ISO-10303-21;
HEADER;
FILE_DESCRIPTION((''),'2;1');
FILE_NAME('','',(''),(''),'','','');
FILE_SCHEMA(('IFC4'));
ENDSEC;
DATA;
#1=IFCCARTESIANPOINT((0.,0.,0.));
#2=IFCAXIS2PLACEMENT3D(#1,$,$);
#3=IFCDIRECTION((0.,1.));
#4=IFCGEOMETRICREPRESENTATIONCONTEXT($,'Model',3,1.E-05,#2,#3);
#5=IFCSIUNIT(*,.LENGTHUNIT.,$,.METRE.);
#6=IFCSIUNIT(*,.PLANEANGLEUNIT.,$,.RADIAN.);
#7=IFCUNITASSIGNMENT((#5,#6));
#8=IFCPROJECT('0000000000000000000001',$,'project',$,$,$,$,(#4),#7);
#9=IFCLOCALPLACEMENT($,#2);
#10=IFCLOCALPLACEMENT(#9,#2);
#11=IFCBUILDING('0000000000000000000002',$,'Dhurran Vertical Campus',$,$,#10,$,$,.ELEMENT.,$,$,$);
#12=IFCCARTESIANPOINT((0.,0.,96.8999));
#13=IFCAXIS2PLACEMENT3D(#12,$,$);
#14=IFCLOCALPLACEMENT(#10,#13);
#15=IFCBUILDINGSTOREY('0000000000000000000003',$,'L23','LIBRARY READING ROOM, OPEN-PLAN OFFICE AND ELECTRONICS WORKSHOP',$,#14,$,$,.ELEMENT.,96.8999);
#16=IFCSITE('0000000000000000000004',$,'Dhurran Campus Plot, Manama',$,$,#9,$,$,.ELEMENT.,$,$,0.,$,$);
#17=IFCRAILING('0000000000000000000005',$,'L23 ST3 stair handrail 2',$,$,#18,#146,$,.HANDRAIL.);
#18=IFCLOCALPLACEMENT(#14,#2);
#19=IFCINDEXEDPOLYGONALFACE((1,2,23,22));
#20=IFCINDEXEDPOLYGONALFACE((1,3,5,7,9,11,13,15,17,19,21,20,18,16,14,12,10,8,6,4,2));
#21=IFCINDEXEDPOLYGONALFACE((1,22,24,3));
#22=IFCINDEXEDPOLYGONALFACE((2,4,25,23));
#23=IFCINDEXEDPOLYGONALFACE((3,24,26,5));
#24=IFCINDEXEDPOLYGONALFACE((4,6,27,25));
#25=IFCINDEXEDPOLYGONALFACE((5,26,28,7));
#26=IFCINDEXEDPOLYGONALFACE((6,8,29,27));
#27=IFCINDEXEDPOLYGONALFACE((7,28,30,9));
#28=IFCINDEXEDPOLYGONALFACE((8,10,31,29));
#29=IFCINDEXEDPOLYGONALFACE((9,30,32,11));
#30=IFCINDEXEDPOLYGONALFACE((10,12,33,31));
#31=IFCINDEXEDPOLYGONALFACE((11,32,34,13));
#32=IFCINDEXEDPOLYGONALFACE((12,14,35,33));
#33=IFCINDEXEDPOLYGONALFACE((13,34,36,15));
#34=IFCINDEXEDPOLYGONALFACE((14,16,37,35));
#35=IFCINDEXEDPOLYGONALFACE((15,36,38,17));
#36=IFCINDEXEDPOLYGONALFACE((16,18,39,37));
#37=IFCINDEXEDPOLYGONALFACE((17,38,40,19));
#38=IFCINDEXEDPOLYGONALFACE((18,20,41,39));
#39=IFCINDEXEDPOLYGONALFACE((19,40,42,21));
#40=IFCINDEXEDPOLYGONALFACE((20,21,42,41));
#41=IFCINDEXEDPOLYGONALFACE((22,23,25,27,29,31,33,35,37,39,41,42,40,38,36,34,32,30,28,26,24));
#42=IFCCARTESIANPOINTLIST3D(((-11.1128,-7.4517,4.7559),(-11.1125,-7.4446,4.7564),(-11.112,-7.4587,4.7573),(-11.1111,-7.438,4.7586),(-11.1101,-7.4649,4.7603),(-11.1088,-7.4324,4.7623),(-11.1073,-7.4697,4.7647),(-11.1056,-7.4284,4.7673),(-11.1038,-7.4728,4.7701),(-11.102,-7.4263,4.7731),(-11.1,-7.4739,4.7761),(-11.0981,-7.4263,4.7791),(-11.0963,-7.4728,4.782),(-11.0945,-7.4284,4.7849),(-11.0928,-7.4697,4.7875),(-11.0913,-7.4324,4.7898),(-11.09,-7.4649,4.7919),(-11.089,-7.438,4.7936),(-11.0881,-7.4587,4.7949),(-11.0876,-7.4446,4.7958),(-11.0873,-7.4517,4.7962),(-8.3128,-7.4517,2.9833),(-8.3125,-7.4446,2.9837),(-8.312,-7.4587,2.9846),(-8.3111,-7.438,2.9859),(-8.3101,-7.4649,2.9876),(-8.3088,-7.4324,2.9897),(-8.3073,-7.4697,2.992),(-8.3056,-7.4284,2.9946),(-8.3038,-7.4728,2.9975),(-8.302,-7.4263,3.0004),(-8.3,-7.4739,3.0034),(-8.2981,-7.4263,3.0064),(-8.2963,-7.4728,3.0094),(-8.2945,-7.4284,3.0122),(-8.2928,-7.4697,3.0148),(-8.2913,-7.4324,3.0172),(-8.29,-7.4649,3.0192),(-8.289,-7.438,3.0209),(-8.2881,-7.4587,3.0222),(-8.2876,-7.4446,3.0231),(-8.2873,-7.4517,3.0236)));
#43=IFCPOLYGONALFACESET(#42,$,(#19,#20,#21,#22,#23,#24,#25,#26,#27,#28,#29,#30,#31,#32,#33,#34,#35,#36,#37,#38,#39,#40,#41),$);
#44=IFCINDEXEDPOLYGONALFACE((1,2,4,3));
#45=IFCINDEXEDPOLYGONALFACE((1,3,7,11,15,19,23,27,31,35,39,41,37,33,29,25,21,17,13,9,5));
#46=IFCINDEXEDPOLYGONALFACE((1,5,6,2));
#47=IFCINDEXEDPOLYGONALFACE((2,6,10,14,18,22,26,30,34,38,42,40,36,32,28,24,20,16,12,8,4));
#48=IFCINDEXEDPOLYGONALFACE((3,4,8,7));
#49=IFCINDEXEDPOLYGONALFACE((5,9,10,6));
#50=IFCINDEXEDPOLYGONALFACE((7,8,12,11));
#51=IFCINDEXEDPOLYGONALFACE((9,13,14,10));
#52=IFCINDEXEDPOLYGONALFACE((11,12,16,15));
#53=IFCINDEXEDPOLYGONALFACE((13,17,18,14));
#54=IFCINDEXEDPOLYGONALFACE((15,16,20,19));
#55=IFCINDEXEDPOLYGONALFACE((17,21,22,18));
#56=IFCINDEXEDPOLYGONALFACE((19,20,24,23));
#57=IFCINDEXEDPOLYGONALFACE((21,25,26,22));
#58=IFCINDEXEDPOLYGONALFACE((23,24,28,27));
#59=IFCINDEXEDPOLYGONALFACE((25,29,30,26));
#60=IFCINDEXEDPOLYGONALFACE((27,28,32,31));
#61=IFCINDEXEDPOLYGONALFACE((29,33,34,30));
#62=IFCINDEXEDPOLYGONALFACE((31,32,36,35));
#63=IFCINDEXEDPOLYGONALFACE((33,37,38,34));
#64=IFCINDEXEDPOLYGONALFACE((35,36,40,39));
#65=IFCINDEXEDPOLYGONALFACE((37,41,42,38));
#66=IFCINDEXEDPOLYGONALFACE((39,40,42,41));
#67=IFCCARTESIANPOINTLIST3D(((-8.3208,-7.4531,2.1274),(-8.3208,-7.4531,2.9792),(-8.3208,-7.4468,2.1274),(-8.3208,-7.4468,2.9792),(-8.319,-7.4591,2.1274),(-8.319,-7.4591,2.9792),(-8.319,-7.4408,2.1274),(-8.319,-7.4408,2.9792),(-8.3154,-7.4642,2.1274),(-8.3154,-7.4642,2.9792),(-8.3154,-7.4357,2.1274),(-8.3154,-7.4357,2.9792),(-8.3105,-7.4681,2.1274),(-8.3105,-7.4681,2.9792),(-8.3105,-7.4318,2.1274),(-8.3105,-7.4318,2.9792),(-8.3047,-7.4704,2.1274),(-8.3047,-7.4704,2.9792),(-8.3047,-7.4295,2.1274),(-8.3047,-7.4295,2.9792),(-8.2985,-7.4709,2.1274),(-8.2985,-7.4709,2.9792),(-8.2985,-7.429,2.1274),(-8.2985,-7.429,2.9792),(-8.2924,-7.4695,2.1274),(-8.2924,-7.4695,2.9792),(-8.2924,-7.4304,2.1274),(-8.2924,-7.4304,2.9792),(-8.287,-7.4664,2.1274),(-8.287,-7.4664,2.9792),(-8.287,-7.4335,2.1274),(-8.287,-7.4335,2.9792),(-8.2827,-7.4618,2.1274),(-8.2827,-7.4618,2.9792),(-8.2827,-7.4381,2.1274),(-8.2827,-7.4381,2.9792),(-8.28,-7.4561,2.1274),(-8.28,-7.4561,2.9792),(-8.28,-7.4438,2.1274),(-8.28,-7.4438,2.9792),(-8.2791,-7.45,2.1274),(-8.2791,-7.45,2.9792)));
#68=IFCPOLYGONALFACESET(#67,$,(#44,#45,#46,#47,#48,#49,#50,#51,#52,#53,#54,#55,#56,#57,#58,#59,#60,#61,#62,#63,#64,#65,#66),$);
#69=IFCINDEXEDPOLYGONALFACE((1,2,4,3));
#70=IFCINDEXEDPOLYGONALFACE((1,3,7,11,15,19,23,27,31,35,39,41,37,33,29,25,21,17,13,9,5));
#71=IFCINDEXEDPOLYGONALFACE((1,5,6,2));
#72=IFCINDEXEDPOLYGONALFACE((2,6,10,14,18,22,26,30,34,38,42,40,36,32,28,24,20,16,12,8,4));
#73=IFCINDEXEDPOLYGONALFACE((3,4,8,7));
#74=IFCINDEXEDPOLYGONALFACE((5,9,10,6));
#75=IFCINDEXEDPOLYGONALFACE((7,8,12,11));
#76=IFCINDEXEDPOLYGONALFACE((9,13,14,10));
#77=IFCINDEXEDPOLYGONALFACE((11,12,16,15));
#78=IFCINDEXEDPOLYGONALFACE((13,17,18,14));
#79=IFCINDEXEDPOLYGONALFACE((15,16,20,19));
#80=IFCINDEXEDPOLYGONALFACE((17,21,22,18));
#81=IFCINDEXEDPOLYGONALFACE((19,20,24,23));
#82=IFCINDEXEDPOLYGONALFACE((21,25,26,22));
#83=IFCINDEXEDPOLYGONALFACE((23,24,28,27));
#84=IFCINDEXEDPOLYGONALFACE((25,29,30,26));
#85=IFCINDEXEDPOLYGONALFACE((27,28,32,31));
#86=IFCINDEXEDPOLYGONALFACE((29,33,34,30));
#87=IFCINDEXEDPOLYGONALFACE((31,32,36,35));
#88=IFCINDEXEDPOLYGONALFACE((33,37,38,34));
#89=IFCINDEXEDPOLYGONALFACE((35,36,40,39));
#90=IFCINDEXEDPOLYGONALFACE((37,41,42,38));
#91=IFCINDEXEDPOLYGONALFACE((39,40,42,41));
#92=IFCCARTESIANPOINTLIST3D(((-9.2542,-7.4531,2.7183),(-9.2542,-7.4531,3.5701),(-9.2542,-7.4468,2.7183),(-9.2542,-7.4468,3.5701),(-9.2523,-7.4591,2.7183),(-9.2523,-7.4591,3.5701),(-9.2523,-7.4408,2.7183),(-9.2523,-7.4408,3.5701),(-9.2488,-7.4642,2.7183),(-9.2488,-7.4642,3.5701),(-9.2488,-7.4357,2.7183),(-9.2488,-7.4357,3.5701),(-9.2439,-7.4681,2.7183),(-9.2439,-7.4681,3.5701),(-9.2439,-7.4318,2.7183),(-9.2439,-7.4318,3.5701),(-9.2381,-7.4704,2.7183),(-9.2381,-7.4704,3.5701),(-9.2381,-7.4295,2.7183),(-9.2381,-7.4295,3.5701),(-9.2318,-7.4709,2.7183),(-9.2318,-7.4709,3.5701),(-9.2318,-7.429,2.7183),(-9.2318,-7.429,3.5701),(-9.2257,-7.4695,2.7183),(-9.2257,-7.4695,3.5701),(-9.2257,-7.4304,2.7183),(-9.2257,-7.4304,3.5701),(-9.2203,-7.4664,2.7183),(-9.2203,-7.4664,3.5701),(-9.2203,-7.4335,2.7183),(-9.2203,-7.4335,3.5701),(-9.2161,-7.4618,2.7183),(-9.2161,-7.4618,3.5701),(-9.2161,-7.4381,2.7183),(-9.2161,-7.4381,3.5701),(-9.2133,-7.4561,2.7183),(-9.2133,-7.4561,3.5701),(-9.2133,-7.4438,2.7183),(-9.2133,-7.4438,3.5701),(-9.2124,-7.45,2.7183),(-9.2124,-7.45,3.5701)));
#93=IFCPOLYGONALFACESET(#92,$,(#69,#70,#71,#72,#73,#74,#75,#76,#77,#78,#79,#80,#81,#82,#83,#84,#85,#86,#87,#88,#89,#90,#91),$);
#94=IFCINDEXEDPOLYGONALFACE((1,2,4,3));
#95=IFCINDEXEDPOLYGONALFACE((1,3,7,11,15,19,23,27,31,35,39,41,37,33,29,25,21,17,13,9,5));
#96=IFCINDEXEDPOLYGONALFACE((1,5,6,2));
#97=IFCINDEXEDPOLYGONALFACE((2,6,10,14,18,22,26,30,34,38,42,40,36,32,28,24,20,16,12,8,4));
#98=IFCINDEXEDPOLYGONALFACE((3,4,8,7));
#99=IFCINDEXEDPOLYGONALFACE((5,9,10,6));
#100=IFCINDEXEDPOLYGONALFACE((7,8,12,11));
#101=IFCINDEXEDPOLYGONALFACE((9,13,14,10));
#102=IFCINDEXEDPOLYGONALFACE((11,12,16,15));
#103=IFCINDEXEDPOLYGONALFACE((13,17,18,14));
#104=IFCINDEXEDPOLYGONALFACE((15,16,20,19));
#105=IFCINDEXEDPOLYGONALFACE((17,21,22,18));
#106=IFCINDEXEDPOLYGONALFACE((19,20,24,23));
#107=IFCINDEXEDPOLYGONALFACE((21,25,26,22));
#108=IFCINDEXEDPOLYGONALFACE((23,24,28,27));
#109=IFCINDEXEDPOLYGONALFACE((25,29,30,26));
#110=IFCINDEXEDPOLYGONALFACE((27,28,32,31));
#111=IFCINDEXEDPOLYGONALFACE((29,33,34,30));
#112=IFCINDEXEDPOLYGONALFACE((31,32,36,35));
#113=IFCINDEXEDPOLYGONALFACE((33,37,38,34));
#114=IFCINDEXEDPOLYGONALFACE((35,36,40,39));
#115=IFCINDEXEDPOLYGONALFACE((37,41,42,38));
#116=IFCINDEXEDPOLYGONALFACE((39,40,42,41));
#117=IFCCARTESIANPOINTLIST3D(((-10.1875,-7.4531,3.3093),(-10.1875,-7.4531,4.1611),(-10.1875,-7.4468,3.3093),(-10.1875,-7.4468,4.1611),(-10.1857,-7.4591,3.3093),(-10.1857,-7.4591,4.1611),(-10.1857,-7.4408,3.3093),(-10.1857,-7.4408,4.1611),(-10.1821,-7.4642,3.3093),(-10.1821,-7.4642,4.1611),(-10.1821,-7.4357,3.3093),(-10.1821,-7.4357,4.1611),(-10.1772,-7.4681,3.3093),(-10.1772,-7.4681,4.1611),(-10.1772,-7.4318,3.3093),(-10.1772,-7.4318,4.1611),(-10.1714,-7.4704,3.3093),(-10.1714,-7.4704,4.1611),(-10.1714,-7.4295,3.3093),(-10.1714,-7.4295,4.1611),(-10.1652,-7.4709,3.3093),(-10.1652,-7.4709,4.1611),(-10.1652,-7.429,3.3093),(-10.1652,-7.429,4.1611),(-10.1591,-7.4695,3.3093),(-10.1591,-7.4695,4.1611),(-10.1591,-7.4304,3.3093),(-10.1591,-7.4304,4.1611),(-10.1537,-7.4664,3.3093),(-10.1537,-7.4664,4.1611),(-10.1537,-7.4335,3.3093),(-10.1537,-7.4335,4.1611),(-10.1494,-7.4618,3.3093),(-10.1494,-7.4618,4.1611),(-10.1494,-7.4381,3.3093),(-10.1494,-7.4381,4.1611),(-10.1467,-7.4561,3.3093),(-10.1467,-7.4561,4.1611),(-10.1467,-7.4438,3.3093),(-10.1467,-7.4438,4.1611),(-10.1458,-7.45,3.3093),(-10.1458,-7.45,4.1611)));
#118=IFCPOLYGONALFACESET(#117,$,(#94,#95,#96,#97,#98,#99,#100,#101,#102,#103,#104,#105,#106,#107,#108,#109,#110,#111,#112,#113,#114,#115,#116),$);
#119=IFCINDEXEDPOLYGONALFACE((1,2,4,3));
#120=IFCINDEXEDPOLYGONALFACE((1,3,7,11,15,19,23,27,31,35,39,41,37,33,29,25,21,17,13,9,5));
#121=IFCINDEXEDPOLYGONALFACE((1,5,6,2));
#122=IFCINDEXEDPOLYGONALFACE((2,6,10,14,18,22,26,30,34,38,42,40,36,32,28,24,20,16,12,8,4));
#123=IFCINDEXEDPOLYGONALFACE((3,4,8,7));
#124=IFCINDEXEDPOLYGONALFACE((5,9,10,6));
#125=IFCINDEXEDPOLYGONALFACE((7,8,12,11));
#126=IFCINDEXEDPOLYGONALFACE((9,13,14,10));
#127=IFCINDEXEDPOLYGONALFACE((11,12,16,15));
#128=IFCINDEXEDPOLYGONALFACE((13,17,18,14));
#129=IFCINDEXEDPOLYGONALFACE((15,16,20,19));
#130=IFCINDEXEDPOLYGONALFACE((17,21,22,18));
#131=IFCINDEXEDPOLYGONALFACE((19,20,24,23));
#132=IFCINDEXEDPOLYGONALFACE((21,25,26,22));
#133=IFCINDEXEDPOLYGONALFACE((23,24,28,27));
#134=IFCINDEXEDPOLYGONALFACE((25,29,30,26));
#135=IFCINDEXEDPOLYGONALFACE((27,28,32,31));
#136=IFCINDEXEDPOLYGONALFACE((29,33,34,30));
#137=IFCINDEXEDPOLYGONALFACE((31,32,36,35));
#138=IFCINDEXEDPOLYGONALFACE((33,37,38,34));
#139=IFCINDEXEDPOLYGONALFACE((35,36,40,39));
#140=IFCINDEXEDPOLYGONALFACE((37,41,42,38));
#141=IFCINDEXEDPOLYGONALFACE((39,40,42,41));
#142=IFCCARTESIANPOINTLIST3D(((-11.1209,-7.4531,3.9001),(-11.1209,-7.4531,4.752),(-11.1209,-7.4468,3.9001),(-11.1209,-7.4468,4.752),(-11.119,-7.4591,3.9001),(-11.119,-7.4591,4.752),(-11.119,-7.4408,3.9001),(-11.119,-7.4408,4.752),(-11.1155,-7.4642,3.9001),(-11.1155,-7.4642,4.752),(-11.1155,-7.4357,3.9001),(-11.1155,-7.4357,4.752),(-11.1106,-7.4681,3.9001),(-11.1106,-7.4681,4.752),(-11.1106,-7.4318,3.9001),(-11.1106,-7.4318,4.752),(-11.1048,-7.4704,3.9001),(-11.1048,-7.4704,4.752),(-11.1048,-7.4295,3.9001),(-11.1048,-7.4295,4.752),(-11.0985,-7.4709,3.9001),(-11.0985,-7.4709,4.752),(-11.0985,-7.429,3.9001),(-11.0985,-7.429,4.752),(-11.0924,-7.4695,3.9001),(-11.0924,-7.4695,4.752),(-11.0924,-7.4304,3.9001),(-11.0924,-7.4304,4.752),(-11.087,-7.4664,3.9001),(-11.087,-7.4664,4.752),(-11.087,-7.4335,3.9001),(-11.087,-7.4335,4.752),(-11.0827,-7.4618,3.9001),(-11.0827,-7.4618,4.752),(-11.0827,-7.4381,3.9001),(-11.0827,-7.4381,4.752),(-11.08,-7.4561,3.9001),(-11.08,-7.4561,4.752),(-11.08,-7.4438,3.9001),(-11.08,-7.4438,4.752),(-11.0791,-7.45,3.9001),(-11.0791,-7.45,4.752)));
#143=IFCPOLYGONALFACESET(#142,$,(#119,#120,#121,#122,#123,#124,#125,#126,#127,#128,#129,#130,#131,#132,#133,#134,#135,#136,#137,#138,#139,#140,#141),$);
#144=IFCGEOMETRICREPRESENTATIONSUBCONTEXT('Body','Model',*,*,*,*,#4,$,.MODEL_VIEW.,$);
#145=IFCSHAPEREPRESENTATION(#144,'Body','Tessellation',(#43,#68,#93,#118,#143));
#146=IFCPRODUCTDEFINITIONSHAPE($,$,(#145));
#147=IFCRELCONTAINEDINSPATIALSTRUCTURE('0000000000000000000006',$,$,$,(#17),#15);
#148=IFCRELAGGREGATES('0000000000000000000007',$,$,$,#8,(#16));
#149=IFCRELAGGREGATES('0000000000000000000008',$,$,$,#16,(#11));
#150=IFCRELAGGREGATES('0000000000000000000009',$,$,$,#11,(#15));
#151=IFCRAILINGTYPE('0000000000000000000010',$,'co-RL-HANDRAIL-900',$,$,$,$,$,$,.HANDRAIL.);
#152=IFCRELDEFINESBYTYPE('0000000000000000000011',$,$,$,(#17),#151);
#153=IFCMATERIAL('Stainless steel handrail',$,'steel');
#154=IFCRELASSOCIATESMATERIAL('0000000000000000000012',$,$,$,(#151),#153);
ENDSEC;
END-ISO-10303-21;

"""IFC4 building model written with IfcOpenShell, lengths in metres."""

from ifc_helpers import new_model, si_unit, direction, frame, origin, origin_2d, place, context, subcontext, project, spatial, circle, extrude, material, type_object, element, save


model = new_model("IFC4")

# Units and contexts
model_context = context("Model", 3, precision=1e-05, world=origin(), true_north=direction((0.0, 1.0)))
body_context = subcontext(model_context, "Body", "Model", "MODEL_VIEW")
ifc_project = project(units=[si_unit("LENGTHUNIT", "METRE"), si_unit("PLANEANGLEUNIT", "RADIAN")], contexts=[model_context])

# Site, building, storey
site_placement = place(None, origin())
site = spatial("IfcSite", under=ifc_project, at=site_placement, Name="Dhurran Campus Plot, Manama", CompositionType="ELEMENT", RefElevation=0.0)
building_placement = place(site_placement, origin())
building = spatial("IfcBuilding", under=site, at=building_placement, Name="Dhurran Vertical Campus", CompositionType="ELEMENT")
storey_placement = place(building_placement, frame((0.0, 0.0, 96.8999)))
storey = spatial("IfcBuildingStorey", under=building, at=storey_placement, Name="L23", Description="LIBRARY READING ROOM, OPEN-PLAN OFFICE AND ELECTRONICS WORKSHOP", CompositionType="ELEMENT", Elevation=96.8999)

# Railing
ifc_material_1 = material(Name="Stainless steel handrail", Category="steel")
railing_type_1 = type_object("IfcRailingType", Name="co-RL-HANDRAIL-900", PredefinedType="HANDRAIL", material=ifc_material_1)
railing_1_placement = place(storey_placement, frame((-8.3, -7.45, 2.1274)))
element("IfcRailing", 1, at=railing_1_placement, inside=storey, type_object=railing_type_1, Name="L23 ST3 stair handrail 2", PredefinedType="HANDRAIL", context=body_context, shape_type="SweptSolid", body=[
    extrude(circle(Radius=0.0239, at=origin_2d()), frame((0.0, 0.0, 0.876), z_axis=(-0.844909, 0.0, 0.53491), x_axis=(0.0, -1.0, 0.0)), (0.0, 0.0, 1.0), 3.314),
    extrude(circle(Radius=0.021, at=origin_2d()), origin(), (0.0, 0.0, 1.0), 0.8518),
    extrude(circle(Radius=0.021, at=origin_2d()), frame((-0.9333, 0.0, 0.5908)), (0.0, 0.0, 1.0), 0.8518),
    extrude(circle(Radius=0.021, at=origin_2d()), frame((-1.8667, 0.0, 1.1819)), (0.0, 0.0, 1.0), 0.8518),
    extrude(circle(Radius=0.021, at=origin_2d()), frame((-2.8, 0.0, 1.7727)), (0.0, 0.0, 1.0), 0.8518),
])

save(model, "model.ifc")
